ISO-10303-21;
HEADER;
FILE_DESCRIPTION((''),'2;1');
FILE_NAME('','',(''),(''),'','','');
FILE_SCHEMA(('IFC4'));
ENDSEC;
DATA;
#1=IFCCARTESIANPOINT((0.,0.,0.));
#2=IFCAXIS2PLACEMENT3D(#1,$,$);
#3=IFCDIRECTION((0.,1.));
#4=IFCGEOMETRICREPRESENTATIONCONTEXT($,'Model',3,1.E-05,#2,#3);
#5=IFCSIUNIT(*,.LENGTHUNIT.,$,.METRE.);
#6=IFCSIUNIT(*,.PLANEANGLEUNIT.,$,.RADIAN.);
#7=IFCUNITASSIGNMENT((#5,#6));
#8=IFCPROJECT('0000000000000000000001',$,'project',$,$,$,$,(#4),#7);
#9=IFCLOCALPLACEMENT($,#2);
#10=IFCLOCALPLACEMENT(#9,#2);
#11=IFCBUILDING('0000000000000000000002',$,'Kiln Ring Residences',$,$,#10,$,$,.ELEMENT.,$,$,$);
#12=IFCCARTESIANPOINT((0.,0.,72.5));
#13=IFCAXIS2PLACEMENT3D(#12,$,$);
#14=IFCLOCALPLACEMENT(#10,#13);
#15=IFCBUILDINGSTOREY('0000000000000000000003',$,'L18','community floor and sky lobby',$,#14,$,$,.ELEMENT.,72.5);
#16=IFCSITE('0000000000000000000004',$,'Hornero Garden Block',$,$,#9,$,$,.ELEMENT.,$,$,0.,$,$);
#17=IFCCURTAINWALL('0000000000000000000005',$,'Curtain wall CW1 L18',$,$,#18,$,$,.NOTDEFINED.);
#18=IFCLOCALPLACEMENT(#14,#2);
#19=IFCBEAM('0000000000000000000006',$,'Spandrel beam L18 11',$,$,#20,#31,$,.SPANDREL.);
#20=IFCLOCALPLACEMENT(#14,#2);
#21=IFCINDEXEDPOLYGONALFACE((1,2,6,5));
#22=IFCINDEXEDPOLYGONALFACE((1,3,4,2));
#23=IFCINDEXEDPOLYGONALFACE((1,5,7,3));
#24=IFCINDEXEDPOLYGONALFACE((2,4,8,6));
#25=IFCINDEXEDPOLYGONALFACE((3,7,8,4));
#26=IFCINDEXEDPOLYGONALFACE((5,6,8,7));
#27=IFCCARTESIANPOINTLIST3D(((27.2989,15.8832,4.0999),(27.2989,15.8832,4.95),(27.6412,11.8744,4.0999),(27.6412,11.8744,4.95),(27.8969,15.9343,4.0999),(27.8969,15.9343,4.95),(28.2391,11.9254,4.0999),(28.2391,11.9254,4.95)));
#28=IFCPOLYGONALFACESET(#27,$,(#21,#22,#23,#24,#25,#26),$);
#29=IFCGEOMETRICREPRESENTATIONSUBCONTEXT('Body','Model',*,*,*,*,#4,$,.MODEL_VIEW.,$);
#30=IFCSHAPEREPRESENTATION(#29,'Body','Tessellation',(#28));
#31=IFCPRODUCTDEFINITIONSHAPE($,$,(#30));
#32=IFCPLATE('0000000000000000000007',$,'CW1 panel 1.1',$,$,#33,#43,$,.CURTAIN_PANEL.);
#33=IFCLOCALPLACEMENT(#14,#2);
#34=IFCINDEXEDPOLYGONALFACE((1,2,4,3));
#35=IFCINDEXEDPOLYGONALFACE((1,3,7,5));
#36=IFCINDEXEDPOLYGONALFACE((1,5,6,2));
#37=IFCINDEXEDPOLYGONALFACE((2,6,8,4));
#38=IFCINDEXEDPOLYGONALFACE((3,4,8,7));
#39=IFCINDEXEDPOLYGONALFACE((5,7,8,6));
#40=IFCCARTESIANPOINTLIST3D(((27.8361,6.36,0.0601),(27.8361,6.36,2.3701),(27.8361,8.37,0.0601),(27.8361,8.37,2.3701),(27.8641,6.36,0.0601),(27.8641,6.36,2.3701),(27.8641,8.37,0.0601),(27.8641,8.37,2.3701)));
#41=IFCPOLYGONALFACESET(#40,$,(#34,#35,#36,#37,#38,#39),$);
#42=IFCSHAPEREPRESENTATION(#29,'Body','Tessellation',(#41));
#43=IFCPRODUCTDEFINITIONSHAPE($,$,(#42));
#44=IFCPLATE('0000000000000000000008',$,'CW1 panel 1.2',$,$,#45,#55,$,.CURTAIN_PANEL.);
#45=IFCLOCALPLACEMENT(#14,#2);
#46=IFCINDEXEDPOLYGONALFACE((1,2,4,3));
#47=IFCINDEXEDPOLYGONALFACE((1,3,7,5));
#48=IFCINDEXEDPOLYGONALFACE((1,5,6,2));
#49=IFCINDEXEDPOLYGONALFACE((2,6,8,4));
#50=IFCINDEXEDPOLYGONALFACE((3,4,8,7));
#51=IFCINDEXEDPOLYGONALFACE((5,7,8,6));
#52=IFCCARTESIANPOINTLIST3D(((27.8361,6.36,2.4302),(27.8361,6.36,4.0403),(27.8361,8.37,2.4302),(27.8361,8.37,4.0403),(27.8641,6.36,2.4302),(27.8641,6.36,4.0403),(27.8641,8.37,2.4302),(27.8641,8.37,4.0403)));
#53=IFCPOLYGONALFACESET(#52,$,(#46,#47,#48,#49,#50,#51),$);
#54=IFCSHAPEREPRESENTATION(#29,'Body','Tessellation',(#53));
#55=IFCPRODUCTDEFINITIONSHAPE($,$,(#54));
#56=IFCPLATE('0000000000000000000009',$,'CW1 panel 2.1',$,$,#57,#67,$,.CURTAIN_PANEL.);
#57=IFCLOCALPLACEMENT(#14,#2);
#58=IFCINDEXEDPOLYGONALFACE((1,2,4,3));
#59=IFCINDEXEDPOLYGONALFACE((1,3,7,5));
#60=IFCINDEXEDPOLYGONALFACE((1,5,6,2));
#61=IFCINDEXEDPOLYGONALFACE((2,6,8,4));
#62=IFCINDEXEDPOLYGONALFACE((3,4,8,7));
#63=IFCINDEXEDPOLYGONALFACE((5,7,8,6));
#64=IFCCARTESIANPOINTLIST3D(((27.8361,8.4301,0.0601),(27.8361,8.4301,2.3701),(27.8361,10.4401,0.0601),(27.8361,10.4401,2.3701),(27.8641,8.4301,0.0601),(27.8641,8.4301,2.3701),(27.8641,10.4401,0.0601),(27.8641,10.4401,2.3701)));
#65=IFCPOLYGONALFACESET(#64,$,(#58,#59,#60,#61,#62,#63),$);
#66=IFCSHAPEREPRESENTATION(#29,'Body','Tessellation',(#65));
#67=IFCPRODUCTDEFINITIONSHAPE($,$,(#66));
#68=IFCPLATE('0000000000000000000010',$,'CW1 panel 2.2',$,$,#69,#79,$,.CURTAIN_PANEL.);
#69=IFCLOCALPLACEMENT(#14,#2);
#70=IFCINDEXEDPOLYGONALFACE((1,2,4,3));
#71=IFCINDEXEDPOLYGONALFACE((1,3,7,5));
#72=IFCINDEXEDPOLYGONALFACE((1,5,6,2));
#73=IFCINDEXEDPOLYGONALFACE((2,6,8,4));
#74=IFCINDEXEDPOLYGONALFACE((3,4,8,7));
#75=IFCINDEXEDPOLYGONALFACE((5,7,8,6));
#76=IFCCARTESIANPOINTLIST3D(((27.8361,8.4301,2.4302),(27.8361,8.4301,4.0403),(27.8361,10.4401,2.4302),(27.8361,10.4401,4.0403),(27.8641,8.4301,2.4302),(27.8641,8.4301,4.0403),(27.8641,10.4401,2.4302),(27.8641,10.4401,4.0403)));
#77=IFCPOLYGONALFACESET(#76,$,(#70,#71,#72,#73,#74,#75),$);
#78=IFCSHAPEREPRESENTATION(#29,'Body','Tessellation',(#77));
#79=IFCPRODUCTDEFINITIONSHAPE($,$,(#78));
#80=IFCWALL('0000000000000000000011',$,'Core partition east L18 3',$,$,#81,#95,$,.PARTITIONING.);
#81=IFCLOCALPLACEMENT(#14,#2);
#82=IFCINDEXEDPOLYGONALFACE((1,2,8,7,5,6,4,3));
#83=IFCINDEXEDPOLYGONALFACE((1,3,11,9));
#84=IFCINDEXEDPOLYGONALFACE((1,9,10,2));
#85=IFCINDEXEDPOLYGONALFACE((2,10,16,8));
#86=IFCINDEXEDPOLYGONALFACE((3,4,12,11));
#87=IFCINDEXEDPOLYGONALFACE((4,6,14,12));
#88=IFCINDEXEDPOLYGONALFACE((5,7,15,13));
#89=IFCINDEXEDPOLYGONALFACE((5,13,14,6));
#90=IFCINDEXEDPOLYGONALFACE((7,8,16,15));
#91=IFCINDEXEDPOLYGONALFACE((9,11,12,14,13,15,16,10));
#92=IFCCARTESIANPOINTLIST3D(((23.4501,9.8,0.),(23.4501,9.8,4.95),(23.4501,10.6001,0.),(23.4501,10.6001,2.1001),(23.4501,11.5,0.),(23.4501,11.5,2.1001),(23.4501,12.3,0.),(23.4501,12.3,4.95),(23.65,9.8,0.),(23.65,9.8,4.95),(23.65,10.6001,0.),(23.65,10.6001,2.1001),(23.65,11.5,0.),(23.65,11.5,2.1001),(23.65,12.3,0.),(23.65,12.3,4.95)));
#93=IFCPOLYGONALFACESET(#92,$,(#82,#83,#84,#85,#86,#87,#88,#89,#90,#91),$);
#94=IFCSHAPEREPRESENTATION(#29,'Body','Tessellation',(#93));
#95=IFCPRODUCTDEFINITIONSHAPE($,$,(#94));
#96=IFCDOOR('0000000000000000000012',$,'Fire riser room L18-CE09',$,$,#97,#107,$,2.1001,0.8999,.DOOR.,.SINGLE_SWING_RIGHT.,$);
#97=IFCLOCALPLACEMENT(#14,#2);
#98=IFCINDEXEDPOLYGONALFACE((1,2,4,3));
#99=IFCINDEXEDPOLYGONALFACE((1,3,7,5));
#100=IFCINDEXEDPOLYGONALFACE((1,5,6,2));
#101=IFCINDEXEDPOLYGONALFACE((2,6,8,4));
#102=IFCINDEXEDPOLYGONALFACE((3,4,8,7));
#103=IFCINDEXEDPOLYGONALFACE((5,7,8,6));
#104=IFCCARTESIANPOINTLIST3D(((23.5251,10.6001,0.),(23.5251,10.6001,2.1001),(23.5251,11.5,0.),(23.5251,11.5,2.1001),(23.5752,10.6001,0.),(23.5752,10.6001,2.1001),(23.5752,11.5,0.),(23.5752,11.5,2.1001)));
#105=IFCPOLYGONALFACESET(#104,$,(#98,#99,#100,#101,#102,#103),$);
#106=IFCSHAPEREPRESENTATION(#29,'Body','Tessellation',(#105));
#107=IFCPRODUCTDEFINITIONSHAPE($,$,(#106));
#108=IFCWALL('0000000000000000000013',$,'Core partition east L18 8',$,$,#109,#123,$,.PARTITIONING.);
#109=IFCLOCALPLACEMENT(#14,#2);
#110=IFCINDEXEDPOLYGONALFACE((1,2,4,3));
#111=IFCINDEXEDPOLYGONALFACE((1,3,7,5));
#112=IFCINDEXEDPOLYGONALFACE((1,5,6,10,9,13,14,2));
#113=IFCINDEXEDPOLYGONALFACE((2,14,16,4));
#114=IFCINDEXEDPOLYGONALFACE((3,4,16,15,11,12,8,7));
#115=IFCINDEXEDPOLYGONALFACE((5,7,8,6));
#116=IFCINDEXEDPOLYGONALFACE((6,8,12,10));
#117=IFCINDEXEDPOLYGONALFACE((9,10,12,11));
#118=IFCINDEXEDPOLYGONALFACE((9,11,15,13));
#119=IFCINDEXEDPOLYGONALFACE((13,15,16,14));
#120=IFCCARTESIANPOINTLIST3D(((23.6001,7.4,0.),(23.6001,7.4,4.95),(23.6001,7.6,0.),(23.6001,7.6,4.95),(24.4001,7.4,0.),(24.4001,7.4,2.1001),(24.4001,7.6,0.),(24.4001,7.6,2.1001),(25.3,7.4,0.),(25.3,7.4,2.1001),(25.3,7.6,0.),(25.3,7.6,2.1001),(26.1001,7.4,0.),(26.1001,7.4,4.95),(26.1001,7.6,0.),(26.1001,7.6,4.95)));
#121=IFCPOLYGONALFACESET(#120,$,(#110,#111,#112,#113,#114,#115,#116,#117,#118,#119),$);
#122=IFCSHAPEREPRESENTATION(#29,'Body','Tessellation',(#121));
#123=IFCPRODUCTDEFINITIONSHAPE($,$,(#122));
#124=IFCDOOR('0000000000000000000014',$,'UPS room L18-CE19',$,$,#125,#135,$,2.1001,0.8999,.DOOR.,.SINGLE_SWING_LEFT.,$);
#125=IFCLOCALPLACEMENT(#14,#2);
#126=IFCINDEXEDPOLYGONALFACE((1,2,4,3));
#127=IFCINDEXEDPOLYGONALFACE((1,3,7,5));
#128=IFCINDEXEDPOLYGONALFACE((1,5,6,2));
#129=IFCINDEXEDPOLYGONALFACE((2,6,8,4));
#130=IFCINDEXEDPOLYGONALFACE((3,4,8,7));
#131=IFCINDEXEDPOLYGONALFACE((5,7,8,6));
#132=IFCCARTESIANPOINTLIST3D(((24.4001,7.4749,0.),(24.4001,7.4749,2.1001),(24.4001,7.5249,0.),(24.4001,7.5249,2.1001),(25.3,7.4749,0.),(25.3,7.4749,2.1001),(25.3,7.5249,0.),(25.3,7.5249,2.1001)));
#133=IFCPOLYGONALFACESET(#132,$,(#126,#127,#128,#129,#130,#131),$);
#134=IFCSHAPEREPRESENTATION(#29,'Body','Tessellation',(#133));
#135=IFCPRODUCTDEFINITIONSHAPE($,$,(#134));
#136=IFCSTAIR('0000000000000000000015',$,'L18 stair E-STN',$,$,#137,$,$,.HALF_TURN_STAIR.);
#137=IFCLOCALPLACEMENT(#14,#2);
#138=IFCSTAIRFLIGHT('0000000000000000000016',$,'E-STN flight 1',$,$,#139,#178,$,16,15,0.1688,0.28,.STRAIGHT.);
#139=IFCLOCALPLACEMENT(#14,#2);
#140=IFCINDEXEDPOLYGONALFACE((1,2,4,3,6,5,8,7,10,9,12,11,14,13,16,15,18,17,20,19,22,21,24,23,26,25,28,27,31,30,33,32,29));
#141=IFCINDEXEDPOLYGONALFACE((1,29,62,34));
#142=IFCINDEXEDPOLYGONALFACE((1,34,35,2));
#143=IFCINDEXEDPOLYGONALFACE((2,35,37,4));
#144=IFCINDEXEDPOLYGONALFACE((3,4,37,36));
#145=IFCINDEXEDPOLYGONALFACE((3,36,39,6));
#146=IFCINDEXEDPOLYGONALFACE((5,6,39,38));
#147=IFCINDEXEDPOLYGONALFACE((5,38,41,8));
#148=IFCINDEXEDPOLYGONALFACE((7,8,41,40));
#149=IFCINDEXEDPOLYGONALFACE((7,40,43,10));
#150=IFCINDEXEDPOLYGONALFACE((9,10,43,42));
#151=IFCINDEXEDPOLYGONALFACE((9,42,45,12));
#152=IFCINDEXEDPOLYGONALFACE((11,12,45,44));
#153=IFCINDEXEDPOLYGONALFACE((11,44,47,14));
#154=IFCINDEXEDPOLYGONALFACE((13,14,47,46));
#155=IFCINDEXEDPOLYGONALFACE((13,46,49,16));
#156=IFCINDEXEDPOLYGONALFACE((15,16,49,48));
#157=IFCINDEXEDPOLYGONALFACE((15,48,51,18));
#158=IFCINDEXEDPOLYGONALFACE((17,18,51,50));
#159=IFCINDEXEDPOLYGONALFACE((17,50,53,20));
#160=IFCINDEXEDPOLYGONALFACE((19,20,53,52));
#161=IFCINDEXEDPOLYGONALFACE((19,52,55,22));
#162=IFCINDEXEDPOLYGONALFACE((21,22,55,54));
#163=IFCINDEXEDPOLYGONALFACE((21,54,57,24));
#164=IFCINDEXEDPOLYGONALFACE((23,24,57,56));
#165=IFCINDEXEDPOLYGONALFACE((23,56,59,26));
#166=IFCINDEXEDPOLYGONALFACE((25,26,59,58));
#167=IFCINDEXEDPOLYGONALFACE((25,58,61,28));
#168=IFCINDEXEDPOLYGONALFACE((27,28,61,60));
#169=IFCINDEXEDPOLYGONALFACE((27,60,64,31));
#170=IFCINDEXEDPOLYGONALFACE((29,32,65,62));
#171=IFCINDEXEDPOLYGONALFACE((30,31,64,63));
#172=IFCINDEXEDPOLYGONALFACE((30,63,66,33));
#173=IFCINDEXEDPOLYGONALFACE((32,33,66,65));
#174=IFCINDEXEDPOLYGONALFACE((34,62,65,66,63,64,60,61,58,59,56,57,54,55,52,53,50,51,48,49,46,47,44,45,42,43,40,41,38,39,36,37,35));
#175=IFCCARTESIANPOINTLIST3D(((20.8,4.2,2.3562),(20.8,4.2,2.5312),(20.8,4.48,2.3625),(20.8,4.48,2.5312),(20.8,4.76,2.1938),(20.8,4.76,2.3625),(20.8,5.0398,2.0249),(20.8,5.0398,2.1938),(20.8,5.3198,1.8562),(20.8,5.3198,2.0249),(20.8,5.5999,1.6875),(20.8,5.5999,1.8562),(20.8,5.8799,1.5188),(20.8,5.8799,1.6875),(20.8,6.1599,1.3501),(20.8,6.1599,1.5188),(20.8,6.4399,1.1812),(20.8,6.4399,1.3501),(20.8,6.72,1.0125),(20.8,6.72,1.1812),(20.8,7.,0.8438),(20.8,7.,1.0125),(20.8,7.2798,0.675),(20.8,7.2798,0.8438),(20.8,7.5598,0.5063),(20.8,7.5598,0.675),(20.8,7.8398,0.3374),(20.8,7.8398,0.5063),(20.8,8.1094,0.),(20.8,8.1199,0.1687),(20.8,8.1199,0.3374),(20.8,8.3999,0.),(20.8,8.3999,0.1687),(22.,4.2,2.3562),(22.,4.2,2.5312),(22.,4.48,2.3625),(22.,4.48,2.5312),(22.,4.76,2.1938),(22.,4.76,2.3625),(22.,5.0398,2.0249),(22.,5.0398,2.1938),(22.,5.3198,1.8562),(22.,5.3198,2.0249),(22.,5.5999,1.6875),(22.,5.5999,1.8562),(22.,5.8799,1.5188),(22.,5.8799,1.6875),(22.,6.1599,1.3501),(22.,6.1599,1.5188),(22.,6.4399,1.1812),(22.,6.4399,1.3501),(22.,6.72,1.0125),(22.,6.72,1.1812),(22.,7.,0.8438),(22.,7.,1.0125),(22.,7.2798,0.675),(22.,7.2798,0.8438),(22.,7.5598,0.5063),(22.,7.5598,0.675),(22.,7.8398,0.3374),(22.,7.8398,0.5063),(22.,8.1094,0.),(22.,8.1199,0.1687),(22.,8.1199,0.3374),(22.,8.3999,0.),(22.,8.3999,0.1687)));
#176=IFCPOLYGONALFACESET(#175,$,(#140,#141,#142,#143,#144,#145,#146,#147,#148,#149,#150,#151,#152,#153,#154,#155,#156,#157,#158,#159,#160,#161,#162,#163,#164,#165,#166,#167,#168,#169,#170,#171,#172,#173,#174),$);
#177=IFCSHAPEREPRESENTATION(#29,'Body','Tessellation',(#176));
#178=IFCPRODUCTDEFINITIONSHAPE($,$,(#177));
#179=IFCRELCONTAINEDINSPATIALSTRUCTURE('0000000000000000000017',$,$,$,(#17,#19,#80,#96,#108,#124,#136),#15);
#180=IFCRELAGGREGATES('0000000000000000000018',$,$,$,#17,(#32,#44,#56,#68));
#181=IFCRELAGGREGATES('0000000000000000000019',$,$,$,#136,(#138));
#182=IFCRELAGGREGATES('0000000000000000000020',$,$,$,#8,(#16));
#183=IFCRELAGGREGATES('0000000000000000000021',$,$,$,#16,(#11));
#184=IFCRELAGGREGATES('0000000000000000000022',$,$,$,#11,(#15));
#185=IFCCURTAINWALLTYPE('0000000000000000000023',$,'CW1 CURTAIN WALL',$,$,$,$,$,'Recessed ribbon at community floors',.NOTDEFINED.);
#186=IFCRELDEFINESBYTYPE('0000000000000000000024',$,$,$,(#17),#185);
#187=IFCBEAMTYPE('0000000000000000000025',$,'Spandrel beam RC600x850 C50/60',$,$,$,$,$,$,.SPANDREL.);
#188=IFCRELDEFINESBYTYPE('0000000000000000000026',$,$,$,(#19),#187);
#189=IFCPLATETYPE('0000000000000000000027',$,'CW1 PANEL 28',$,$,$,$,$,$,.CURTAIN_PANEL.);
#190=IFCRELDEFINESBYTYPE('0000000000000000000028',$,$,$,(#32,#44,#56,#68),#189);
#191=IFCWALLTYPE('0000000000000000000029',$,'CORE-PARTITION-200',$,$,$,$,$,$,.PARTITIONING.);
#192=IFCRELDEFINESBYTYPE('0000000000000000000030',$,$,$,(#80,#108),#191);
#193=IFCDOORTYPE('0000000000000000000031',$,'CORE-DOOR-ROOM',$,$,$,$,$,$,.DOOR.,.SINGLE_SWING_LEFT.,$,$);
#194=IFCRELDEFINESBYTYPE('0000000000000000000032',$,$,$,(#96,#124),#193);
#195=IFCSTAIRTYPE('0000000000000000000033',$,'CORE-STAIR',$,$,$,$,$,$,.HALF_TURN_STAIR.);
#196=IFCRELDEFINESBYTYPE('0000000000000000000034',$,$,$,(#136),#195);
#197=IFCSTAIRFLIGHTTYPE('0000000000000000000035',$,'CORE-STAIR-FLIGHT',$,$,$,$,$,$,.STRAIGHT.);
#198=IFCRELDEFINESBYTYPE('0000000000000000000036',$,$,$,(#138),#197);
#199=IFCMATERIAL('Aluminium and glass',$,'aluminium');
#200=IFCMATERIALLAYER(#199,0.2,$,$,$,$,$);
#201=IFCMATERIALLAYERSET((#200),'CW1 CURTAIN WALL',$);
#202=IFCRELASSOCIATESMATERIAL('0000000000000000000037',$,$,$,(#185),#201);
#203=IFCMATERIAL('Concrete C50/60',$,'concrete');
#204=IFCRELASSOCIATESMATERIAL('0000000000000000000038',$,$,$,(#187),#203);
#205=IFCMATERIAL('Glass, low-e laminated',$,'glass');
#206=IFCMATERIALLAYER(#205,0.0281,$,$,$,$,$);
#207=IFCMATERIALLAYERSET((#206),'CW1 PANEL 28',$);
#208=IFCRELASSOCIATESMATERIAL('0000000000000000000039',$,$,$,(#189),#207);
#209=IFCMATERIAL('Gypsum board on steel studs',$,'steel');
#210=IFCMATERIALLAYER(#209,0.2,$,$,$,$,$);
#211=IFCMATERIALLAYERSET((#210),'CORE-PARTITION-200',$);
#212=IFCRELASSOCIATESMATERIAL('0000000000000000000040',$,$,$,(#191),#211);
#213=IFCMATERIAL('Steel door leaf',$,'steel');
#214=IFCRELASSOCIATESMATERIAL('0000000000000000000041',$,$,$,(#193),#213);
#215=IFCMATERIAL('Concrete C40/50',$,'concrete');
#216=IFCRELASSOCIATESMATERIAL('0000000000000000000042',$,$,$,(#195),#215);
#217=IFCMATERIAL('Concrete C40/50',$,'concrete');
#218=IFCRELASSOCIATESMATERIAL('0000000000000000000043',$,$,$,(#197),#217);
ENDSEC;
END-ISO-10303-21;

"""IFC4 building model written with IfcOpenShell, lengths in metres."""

from ifc_helpers import new_model, si_unit, direction, frame, frame_2d, origin, origin_2d, place, context, subcontext, project, spatial, polyline, rectangle, outline, extrude, material, layer, layer_set, material_profile, profile_set, type_object, element, fill, aggregate, save


model = new_model("IFC4")

# Units and contexts
model_context = context("Model", 3, precision=1e-05, world=origin(), true_north=direction((0.0, 1.0)))
body_context = subcontext(model_context, "Body", "Model", "MODEL_VIEW")
ifc_project = project(units=[si_unit("LENGTHUNIT", "METRE"), si_unit("PLANEANGLEUNIT", "RADIAN")], contexts=[model_context])

# Site, building, storey
site_placement = place(None, origin())
site = spatial("IfcSite", under=ifc_project, at=site_placement, Name="Hornero Garden Block", CompositionType="ELEMENT", RefElevation=0.0)
building_placement = place(site_placement, origin())
building = spatial("IfcBuilding", under=site, at=building_placement, Name="Kiln Ring Residences", CompositionType="ELEMENT")
storey_placement = place(building_placement, frame((0.0, 0.0, 72.5)))
storey = spatial("IfcBuildingStorey", under=building, at=storey_placement, Name="L18", Description="community floor and sky lobby", CompositionType="ELEMENT", Elevation=72.5)

# Curtain wall
ifc_material_1 = material(Name="Aluminium and glass", Category="aluminium")
ifc_layer_1 = layer(ifc_material_1, 0.2)
ifc_layer_set_1 = layer_set([ifc_layer_1], Name="CW1 CURTAIN WALL")
curtain_wall_type = type_object("IfcCurtainWallType", Name="CW1 CURTAIN WALL", ElementType="Recessed ribbon at community floors", PredefinedType="NOTDEFINED", material=ifc_layer_set_1)
placement = place(storey_placement, origin())
curtain_wall_1 = element("IfcCurtainWall", 1, at=placement, inside=storey, type_object=curtain_wall_type, Name="Curtain wall CW1 L18", PredefinedType="NOTDEFINED")

# Beam
ifc_material_2 = material(Name="Concrete C50/60", Category="concrete")
ifc_material_profile_1 = material_profile(ifc_material_2, rectangle(XDim=0.6001, YDim=0.8501, at=origin_2d()), Name="RC600x850")
ifc_profile_set_1 = profile_set([ifc_material_profile_1], Name="Concrete C50/60")
beam_type = type_object("IfcBeamType", Name="Spandrel beam RC600x850 C50/60", PredefinedType="SPANDREL", material=ifc_profile_set_1)
beam_1_placement = place(storey_placement, frame((27.9402, 11.8999, 4.5249), z_axis=(-0.085074, 0.996375, 0.0), x_axis=(-0.996375, -0.085074, 0.0)))
element("IfcBeam", 2, at=beam_1_placement, inside=storey, type_object=beam_type, Name="Spandrel beam L18 11", PredefinedType="SPANDREL", context=body_context, shape_type="SweptSolid", body=[
    extrude(rectangle(XDim=0.6001, YDim=0.8501, at=origin_2d()), origin(), (0.0, 0.0, 1.0), 4.0234),
])

# Plates
ifc_material_3 = material(Name="Glass, low-e laminated", Category="glass")
ifc_layer_2 = layer(ifc_material_3, 0.0281)
ifc_layer_set_2 = layer_set([ifc_layer_2], Name="CW1 PANEL 28")
plate_type = type_object("IfcPlateType", Name="CW1 PANEL 28", PredefinedType="CURTAIN_PANEL", material=ifc_layer_set_2)
plate_1_placement = place(storey_placement, frame((27.8501, 7.365, 0.0601), z_axis=(0.0, 0.0, 1.0), x_axis=(0.0, 1.0, 0.0)))
plate_1 = element("IfcPlate", 3, at=plate_1_placement, type_object=plate_type, Name="CW1 panel 1.1", PredefinedType="CURTAIN_PANEL", context=body_context, shape_type="SweptSolid", body=[
    extrude(rectangle(XDim=2.01, YDim=0.0281, at=origin_2d()), origin(), (0.0, 0.0, 1.0), 2.3101),
])
plate_2_placement = place(storey_placement, frame((27.8501, 7.365, 2.4302), z_axis=(0.0, 0.0, 1.0), x_axis=(0.0, 1.0, 0.0)))
plate_2 = element("IfcPlate", 4, at=plate_2_placement, type_object=plate_type, Name="CW1 panel 1.2", PredefinedType="CURTAIN_PANEL", context=body_context, shape_type="SweptSolid", body=[
    extrude(rectangle(XDim=2.01, YDim=0.0281, at=origin_2d()), origin(), (0.0, 0.0, 1.0), 1.6101),
])
plate_3_placement = place(storey_placement, frame((27.8501, 9.4351, 0.0601), z_axis=(0.0, 0.0, 1.0), x_axis=(0.0, 1.0, 0.0)))
plate_3 = element("IfcPlate", 5, at=plate_3_placement, type_object=plate_type, Name="CW1 panel 2.1", PredefinedType="CURTAIN_PANEL", context=body_context, shape_type="SweptSolid", body=[
    extrude(rectangle(XDim=2.01, YDim=0.0281, at=origin_2d()), origin(), (0.0, 0.0, 1.0), 2.3101),
])
plate_4_placement = place(storey_placement, frame((27.8501, 9.4351, 2.4302), z_axis=(0.0, 0.0, 1.0), x_axis=(0.0, 1.0, 0.0)))
plate_4 = element("IfcPlate", 6, at=plate_4_placement, type_object=plate_type, Name="CW1 panel 2.2", PredefinedType="CURTAIN_PANEL", context=body_context, shape_type="SweptSolid", body=[
    extrude(rectangle(XDim=2.01, YDim=0.0281, at=origin_2d()), origin(), (0.0, 0.0, 1.0), 1.6101),
])
aggregate(curtain_wall_1, [plate_1, plate_2, plate_3, plate_4])

# Walls, openings, doors
ifc_material_4 = material(Name="Gypsum board on steel studs", Category="steel")
ifc_layer_3 = layer(ifc_material_4, 0.2)
ifc_layer_set_3 = layer_set([ifc_layer_3], Name="CORE-PARTITION-200")
wall_type = type_object("IfcWallType", Name="CORE-PARTITION-200", PredefinedType="PARTITIONING", material=ifc_layer_set_3)
wall_1_placement = place(storey_placement, frame((23.55, 9.8, 0.0), z_axis=(0.0, 0.0, 1.0), x_axis=(0.0, 1.0, 0.0)))
wall_1 = element("IfcWall", 7, at=wall_1_placement, inside=storey, type_object=wall_type, Name="Core partition east L18 3", PredefinedType="PARTITIONING", context=body_context, shape_type="SweptSolid", body=[
    extrude(rectangle(XDim=2.5, YDim=0.2, at=frame_2d((1.25, 0.0))), origin(), (0.0, 0.0, 1.0), 4.95),
])
opening_1_placement = place(wall_1_placement, frame((0.8, 0.0, 0.0)))
opening_1 = element("IfcOpeningElement", 8, at=opening_1_placement, cuts=wall_1, PredefinedType="OPENING", context=body_context, shape_type="SweptSolid", body=[
    extrude(rectangle(XDim=0.8999, YDim=2.1001, at=frame_2d((0.45, 1.05))), frame((0.0, 0.1099, 0.0), z_axis=(0.0, -1.0, 0.0), x_axis=(1.0, 0.0, 0.0)), (0.0, 0.0, 1.0), 0.22),
])
ifc_material_5 = material(Name="Steel door leaf", Category="steel")
door_type = type_object("IfcDoorType", Name="CORE-DOOR-ROOM", OperationType="SINGLE_SWING_LEFT", PredefinedType="DOOR", material=ifc_material_5)
door_1_placement = place(opening_1_placement, origin())
door_1 = element("IfcDoor", 9, at=door_1_placement, inside=storey, type_object=door_type, Name="Fire riser room L18-CE09", OperationType="SINGLE_SWING_RIGHT", OverallHeight=2.1001, OverallWidth=0.8999, PredefinedType="DOOR", context=body_context, shape_type="SweptSolid", body=[
    extrude(rectangle(XDim=0.8999, YDim=2.1001, at=frame_2d((0.45, 1.05))), frame((0.0, 0.0249, 0.0), z_axis=(0.0, -1.0, 0.0), x_axis=(1.0, 0.0, 0.0)), (0.0, 0.0, 1.0), 0.05),
])
fill(opening_1, door_1)
wall_2_placement = place(storey_placement, frame((23.6001, 7.5, 0.0), z_axis=(0.0, 0.0, 1.0), x_axis=(1.0, 0.0, 0.0)))
wall_2 = element("IfcWall", 10, at=wall_2_placement, inside=storey, type_object=wall_type, Name="Core partition east L18 8", PredefinedType="PARTITIONING", context=body_context, shape_type="SweptSolid", body=[
    extrude(rectangle(XDim=2.5, YDim=0.2, at=frame_2d((1.25, 0.0))), origin(), (0.0, 0.0, 1.0), 4.95),
])
opening_2_placement = place(wall_2_placement, frame((0.8, 0.0, 0.0)))
opening_2 = element("IfcOpeningElement", 11, at=opening_2_placement, cuts=wall_2, PredefinedType="OPENING", context=body_context, shape_type="SweptSolid", body=[
    extrude(rectangle(XDim=0.8999, YDim=2.1001, at=frame_2d((0.45, 1.05))), frame((0.0, 0.1099, 0.0), z_axis=(0.0, -1.0, 0.0), x_axis=(1.0, 0.0, 0.0)), (0.0, 0.0, 1.0), 0.22),
])
door_2_placement = place(opening_2_placement, origin())
door_2 = element("IfcDoor", 12, at=door_2_placement, inside=storey, type_object=door_type, Name="UPS room L18-CE19", OperationType="SINGLE_SWING_LEFT", OverallHeight=2.1001, OverallWidth=0.8999, PredefinedType="DOOR", context=body_context, shape_type="SweptSolid", body=[
    extrude(rectangle(XDim=0.8999, YDim=2.1001, at=frame_2d((0.45, 1.05))), frame((0.0, 0.0249, 0.0), z_axis=(0.0, -1.0, 0.0), x_axis=(1.0, 0.0, 0.0)), (0.0, 0.0, 1.0), 0.05),
])
fill(opening_2, door_2)

# Stair, stair flight
ifc_material_6 = material(Name="Concrete C40/50", Category="concrete")
stair_type = type_object("IfcStairType", Name="CORE-STAIR", PredefinedType="HALF_TURN_STAIR", material=ifc_material_6)
stair = element("IfcStair", 13, at=placement, inside=storey, type_object=stair_type, Name="L18 stair E-STN", PredefinedType="HALF_TURN_STAIR")
ifc_material_7 = material(Name="Concrete C40/50", Category="concrete")
stair_flight_type = type_object("IfcStairFlightType", Name="CORE-STAIR-FLIGHT", PredefinedType="STRAIGHT", material=ifc_material_7)
stair_flight_placement = place(storey_placement, frame((21.3999, 8.3999, 0.0), z_axis=(0.0, 0.0, 1.0), x_axis=(0.0, -1.0, 0.0)))
stair_flight = element("IfcStairFlight", 14, at=stair_flight_placement, type_object=stair_flight_type, Name="E-STN flight 1", NumberOfRisers=16, NumberOfTreads=15, PredefinedType="STRAIGHT", RiserHeight=0.1688, TreadLength=0.28, context=body_context, shape_type="SweptSolid", body=[
    extrude(outline(polyline([(0.0, 0.0), (0.0, 0.1687), (0.28, 0.1687), (0.28, 0.3374), (0.5601, 0.3374), (0.5601, 0.5063), (0.8401, 0.5063), (0.8401, 0.675), (1.1201, 0.675), (1.1201, 0.8438), (1.3999, 0.8438), (1.3999, 1.0125), (1.6799, 1.0125), (1.6799, 1.1812), (1.96, 1.1812), (1.96, 1.3501), (2.24, 1.3501), (2.24, 1.5188), (2.52, 1.5188), (2.52, 1.6875), (2.8, 1.6875), (2.8, 1.8562), (3.0801, 1.8562), (3.0801, 2.0249), (3.3601, 2.0249), (3.3601, 2.1938), (3.6399, 2.1938), (3.6399, 2.3625), (3.9199, 2.3625), (3.9199, 2.5312), (4.2, 2.5312), (4.2, 2.7), (4.2, 2.3562), (0.2905, 0.0), (0.0, 0.0)])), frame((0.0, 0.6001, 0.0), z_axis=(0.0, -1.0, 0.0), x_axis=(1.0, 0.0, 0.0)), (0.0, 0.0, 1.0), 1.2),
])
aggregate(stair, [stair_flight])

save(model, "model.ifc")
